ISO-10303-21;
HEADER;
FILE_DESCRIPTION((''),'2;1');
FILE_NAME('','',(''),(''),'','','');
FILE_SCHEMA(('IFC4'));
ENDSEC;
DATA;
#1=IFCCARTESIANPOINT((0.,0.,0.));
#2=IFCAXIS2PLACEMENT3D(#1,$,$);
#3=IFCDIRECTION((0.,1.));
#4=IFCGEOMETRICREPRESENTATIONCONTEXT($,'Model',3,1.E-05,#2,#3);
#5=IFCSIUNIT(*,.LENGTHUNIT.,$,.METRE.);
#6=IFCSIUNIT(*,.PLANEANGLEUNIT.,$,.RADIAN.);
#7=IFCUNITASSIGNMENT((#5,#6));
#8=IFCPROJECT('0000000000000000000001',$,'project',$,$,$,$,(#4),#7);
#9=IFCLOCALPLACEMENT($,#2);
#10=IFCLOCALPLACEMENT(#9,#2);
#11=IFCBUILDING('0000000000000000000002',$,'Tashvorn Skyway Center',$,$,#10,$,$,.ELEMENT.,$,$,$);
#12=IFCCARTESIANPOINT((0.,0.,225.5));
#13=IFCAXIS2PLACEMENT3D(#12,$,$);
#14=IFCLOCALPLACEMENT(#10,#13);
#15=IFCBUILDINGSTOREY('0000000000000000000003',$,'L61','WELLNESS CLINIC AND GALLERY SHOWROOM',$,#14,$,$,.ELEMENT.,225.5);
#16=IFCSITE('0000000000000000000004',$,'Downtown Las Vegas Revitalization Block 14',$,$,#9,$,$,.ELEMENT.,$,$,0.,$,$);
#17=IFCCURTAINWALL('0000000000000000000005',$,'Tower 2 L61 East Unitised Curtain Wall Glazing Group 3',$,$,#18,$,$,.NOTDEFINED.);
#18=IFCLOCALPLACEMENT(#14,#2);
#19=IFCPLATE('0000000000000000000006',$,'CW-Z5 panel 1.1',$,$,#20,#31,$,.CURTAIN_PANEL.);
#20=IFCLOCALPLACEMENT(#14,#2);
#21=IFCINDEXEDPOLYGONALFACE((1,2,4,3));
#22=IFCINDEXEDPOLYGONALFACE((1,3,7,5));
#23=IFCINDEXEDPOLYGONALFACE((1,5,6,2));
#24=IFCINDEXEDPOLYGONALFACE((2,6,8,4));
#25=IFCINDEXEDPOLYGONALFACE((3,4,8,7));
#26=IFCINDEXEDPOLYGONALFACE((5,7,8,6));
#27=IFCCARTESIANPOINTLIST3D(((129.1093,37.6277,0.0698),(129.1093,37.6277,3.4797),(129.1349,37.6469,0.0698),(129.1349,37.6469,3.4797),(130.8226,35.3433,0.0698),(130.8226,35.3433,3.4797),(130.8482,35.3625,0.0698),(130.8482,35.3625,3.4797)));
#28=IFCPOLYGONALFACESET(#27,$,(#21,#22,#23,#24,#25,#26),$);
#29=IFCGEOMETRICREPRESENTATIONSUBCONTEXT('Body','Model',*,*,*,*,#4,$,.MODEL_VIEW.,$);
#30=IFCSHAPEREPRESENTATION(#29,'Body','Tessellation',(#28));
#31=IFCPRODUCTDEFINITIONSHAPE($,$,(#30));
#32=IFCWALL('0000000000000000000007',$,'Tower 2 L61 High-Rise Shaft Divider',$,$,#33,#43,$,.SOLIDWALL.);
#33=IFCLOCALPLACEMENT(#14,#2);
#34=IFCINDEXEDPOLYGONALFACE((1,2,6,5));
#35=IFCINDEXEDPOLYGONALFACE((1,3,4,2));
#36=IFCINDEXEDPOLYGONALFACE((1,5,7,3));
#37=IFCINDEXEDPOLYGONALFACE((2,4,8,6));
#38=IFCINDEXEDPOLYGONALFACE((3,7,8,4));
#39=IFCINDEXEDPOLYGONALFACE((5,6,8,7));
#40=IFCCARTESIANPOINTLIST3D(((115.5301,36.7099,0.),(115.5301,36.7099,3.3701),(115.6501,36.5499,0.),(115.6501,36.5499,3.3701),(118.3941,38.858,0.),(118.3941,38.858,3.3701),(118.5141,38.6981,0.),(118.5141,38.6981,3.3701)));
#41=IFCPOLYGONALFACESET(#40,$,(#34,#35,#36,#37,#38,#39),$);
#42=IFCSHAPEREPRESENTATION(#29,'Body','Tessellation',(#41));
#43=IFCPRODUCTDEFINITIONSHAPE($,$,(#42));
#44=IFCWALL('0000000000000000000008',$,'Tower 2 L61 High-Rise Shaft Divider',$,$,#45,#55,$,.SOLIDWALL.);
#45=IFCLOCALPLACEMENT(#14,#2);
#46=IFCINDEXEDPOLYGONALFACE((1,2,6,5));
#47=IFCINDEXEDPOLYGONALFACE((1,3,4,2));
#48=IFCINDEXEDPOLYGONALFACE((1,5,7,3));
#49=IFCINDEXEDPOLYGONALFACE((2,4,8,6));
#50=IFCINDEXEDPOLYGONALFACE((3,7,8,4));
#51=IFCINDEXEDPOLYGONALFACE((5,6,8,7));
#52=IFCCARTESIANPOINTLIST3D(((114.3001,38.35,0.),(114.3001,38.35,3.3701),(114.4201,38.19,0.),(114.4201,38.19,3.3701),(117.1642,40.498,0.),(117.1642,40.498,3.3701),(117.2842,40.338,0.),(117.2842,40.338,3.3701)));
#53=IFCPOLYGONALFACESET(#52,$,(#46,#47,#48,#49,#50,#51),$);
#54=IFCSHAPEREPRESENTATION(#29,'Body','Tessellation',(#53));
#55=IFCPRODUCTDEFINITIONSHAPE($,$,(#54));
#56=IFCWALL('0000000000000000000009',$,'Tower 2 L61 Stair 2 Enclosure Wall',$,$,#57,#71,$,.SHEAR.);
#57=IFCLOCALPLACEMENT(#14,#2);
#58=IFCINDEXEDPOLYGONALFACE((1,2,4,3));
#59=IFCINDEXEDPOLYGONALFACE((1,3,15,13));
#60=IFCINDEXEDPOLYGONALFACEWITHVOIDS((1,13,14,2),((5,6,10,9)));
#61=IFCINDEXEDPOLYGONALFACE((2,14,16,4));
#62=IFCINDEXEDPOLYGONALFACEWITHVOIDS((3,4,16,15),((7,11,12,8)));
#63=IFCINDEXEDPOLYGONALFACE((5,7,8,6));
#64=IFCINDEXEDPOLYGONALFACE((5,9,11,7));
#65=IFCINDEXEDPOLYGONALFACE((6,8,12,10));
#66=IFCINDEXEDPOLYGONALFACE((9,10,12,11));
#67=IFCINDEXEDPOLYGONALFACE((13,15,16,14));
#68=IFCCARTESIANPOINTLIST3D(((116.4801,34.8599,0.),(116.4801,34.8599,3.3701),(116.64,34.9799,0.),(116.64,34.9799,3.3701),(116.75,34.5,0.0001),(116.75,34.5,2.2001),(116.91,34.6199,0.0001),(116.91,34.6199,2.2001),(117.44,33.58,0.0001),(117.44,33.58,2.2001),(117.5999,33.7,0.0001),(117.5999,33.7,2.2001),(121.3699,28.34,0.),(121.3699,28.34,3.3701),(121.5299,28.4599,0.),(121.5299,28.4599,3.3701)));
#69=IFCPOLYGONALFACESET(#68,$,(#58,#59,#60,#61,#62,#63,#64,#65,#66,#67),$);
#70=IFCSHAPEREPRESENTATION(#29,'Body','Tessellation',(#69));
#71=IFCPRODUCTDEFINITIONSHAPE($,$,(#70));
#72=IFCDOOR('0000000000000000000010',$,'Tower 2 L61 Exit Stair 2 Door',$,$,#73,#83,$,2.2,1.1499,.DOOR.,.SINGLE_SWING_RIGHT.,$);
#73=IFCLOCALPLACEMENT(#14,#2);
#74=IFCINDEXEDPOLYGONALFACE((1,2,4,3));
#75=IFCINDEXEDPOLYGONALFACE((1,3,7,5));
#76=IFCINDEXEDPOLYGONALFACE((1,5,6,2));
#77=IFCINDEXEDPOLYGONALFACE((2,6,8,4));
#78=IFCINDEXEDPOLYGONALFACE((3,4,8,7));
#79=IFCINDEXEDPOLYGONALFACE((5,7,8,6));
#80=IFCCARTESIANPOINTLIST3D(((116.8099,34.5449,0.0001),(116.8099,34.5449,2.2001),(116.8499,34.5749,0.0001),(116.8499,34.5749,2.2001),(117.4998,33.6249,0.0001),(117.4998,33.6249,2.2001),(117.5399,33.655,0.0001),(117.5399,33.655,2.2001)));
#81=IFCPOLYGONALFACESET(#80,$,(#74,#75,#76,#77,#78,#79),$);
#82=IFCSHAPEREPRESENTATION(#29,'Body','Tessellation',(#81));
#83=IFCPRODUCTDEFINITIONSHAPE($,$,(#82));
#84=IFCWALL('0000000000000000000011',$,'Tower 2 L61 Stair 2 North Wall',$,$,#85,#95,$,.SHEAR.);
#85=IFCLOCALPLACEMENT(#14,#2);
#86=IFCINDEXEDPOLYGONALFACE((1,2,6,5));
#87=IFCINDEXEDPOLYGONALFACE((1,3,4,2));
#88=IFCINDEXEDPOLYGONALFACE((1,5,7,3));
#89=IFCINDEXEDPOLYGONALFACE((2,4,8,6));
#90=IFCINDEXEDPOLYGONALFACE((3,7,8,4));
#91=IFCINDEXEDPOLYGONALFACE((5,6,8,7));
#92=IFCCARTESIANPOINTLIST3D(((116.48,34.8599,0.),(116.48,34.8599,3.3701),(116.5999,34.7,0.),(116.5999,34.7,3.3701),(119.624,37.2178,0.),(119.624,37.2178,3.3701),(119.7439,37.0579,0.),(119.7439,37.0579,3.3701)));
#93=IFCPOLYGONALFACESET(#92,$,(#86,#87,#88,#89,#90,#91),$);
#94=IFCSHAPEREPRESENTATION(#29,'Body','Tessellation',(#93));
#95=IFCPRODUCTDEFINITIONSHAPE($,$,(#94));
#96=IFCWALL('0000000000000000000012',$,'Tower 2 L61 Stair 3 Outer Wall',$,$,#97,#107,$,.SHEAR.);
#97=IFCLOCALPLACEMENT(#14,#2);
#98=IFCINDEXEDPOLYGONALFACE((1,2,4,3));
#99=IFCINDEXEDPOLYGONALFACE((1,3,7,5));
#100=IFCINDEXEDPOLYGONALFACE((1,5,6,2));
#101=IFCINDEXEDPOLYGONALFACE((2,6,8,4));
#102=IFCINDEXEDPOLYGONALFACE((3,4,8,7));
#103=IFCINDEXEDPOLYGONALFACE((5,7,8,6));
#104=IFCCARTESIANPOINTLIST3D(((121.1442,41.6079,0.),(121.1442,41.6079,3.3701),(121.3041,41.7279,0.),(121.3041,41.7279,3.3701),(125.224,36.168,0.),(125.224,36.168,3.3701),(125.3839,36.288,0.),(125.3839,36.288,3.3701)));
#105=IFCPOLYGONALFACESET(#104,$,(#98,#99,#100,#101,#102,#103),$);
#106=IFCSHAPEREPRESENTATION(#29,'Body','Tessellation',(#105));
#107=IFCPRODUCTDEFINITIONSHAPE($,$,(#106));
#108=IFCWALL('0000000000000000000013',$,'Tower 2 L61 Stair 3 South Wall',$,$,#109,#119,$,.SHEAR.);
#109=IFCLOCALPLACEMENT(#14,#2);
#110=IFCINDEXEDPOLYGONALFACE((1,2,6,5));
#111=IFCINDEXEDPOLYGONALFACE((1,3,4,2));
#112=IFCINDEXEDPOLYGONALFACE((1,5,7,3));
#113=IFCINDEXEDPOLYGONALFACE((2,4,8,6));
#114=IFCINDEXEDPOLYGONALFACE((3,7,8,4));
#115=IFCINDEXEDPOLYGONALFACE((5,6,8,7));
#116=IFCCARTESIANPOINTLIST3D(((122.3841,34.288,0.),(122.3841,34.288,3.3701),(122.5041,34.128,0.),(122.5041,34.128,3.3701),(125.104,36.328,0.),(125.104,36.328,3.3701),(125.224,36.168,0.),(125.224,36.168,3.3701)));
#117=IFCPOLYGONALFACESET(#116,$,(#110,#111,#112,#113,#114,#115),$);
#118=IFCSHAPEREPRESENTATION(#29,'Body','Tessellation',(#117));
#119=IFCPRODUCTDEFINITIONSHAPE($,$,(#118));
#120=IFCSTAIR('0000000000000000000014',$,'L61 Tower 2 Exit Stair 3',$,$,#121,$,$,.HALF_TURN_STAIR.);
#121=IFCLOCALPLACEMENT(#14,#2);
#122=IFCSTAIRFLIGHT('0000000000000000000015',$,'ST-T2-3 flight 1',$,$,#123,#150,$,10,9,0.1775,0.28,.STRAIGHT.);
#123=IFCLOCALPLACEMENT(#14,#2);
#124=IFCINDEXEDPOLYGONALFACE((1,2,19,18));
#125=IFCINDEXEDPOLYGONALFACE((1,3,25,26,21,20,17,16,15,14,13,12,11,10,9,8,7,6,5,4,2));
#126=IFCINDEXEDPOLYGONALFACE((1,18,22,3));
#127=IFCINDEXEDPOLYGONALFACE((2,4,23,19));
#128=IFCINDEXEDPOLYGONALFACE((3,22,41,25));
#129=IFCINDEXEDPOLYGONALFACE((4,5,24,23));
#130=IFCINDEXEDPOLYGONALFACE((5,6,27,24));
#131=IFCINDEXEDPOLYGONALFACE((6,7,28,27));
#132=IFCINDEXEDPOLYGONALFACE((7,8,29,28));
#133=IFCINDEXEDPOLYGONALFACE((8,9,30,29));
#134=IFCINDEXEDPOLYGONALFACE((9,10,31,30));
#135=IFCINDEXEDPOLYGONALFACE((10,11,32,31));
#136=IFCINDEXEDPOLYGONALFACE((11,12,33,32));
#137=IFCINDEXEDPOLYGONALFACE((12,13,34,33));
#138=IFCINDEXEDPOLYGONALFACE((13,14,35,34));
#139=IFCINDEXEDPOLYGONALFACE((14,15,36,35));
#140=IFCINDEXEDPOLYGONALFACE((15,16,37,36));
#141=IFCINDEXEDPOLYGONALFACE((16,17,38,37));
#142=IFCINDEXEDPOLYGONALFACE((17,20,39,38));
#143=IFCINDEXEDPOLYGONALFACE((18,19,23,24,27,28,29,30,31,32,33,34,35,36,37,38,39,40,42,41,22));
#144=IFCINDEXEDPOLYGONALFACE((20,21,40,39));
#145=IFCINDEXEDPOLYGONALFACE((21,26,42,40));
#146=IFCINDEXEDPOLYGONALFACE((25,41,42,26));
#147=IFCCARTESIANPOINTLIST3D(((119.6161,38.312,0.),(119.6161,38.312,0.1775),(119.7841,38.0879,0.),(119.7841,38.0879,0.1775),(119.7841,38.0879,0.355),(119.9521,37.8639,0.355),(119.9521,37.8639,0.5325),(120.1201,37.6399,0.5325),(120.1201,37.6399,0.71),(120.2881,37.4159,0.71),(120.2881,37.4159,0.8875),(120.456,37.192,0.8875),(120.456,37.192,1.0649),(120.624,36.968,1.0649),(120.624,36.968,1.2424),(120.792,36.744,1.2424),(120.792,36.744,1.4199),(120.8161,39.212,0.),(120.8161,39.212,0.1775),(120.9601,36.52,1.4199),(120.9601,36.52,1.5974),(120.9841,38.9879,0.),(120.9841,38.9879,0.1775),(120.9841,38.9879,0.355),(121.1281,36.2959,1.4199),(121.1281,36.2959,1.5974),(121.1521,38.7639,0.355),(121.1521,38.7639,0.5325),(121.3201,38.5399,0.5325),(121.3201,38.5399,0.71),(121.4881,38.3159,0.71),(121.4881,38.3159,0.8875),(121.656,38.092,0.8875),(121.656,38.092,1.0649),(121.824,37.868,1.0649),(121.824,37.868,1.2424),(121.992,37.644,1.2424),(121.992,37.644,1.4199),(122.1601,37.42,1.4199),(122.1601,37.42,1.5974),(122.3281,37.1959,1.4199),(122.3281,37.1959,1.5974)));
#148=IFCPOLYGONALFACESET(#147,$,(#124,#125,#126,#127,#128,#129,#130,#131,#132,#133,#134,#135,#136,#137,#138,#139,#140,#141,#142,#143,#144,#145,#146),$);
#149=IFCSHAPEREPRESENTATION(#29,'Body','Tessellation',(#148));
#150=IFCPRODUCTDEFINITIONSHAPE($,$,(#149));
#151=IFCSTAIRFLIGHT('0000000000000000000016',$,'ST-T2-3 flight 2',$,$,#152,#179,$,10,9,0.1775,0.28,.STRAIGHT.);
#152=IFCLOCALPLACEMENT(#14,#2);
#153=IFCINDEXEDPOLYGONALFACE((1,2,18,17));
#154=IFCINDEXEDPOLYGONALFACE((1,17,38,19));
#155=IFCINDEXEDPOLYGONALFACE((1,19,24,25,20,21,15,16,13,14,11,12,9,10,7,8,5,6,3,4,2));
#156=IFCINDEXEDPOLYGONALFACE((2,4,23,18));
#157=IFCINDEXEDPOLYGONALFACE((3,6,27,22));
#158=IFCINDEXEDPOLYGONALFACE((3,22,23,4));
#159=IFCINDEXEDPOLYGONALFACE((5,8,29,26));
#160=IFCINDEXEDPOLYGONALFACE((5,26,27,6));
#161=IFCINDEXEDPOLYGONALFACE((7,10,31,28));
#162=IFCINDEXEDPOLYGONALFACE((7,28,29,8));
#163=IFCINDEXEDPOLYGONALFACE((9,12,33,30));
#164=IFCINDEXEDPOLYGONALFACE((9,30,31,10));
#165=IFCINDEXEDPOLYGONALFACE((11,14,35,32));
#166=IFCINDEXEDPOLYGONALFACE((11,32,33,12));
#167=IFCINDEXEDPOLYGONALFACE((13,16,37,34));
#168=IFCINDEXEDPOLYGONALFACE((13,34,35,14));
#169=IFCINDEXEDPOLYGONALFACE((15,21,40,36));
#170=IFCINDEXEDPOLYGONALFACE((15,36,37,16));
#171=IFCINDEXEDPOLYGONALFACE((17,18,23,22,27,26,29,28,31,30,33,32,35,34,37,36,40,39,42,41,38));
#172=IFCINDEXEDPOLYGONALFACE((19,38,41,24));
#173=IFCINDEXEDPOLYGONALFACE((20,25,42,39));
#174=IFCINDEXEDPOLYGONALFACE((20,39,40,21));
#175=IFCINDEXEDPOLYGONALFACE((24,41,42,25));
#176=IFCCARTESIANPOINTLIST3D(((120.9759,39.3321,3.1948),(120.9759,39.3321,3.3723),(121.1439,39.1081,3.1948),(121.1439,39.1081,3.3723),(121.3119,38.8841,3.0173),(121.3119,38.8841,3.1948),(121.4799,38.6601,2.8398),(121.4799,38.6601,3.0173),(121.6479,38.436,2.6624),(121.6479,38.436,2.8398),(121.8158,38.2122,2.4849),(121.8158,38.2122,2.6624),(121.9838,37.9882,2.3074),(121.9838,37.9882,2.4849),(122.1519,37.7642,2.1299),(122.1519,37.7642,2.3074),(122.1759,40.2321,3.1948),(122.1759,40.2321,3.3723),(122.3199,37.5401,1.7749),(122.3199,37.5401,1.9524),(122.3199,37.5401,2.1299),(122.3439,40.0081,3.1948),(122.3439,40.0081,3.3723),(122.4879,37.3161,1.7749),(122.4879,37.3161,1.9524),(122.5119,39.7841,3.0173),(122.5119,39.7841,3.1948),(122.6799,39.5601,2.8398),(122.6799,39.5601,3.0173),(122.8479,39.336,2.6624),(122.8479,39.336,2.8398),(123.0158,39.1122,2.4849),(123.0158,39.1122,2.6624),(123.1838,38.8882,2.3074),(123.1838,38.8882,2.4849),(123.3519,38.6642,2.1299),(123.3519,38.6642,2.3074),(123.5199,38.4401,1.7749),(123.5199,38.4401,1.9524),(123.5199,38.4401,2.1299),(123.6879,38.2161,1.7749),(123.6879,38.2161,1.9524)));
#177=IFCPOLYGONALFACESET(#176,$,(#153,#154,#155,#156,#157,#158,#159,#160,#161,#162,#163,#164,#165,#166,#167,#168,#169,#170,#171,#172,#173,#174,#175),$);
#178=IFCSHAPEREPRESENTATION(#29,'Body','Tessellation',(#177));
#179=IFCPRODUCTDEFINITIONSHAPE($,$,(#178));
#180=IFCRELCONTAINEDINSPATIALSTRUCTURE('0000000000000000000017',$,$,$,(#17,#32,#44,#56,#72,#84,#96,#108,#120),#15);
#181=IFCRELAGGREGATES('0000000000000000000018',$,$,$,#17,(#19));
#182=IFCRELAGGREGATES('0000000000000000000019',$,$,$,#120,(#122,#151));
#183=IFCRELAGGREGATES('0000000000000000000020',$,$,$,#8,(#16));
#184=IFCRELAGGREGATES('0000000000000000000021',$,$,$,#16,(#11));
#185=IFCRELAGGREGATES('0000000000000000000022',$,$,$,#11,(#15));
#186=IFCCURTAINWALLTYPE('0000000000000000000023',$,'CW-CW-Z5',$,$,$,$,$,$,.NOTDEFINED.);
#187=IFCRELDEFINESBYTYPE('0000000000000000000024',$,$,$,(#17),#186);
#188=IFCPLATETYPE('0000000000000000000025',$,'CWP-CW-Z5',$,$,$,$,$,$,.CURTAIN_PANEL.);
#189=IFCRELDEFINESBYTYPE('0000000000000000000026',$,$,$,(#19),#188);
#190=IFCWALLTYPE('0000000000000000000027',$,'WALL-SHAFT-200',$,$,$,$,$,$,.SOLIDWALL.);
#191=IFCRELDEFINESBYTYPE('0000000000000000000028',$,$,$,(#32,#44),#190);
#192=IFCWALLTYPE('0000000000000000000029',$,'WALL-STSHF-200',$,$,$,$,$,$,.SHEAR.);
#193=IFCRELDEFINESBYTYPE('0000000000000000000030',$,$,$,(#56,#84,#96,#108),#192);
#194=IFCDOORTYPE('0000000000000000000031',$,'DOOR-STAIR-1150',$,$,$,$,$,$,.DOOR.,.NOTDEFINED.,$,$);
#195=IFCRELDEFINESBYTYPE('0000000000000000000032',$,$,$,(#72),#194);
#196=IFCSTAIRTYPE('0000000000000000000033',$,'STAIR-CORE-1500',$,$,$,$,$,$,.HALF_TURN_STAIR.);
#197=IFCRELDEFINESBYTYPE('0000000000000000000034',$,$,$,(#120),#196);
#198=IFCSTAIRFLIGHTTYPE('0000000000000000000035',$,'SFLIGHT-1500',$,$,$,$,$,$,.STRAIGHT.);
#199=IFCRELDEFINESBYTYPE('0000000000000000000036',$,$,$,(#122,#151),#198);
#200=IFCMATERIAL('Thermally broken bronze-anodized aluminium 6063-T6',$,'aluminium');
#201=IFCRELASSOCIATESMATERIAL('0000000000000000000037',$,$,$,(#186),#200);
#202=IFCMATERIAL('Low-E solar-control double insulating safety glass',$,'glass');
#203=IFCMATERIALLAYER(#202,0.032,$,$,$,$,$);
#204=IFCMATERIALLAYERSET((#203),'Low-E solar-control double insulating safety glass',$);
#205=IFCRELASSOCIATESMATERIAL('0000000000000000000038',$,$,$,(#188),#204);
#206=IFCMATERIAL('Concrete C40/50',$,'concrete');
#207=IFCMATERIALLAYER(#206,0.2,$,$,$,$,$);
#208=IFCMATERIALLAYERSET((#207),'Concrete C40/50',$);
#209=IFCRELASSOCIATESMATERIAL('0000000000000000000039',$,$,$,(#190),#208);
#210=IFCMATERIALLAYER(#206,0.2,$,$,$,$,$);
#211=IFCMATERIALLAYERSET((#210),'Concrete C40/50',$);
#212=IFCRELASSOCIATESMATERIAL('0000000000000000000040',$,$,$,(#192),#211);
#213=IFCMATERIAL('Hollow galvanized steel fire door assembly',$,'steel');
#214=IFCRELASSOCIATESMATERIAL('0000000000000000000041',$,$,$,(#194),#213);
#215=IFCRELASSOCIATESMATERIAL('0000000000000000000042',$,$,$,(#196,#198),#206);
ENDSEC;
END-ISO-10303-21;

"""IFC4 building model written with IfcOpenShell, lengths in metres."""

from ifc_helpers import new_model, si_unit, direction, frame, frame_2d, origin, origin_2d, place, context, subcontext, project, spatial, polyline, rectangle, outline, extrude, material, layer, layer_set, type_object, element, fill, aggregate, save


model = new_model("IFC4")

# Units and contexts
model_context = context("Model", 3, precision=1e-05, world=origin(), true_north=direction((0.0, 1.0)))
body_context = subcontext(model_context, "Body", "Model", "MODEL_VIEW")
ifc_project = project(units=[si_unit("LENGTHUNIT", "METRE"), si_unit("PLANEANGLEUNIT", "RADIAN")], contexts=[model_context])

# Site, building, storey
site_placement = place(None, origin())
site = spatial("IfcSite", under=ifc_project, at=site_placement, Name="Downtown Las Vegas Revitalization Block 14", CompositionType="ELEMENT", RefElevation=0.0)
building_placement = place(site_placement, origin())
building = spatial("IfcBuilding", under=site, at=building_placement, Name="Tashvorn Skyway Center", CompositionType="ELEMENT")
storey_placement = place(building_placement, frame((0.0, 0.0, 225.5)))
storey = spatial("IfcBuildingStorey", under=building, at=storey_placement, Name="L61", Description="WELLNESS CLINIC AND GALLERY SHOWROOM", CompositionType="ELEMENT", Elevation=225.5)

# Shared definitions
ifc_material_1 = material(Name="Thermally broken bronze-anodized aluminium 6063-T6", Category="aluminium")
curtain_wall_type = type_object("IfcCurtainWallType", Name="CW-CW-Z5", PredefinedType="NOTDEFINED", material=ifc_material_1)

# Curtain wall, plate
curtain_wall_1_placement = place(storey_placement, origin())
curtain_wall_1 = element("IfcCurtainWall", 1, at=curtain_wall_1_placement, inside=storey, type_object=curtain_wall_type, Name="Tower 2 L61 East Unitised Curtain Wall Glazing Group 3", PredefinedType="NOTDEFINED")
ifc_material_2 = material(Name="Low-E solar-control double insulating safety glass", Category="glass")
ifc_layer_1 = layer(ifc_material_2, 0.032)
ifc_layer_set_1 = layer_set([ifc_layer_1], Name="Low-E solar-control double insulating safety glass")
plate_type = type_object("IfcPlateType", Name="CWP-CW-Z5", PredefinedType="CURTAIN_PANEL", material=ifc_layer_set_1)
plate_placement = place(storey_placement, frame((129.9788, 36.4951, 0.0698), z_axis=(0.0, 0.0, 1.0), x_axis=(0.6, -0.8, 0.0)))
plate = element("IfcPlate", 2, at=plate_placement, type_object=plate_type, Name="CW-Z5 panel 1.1", PredefinedType="CURTAIN_PANEL", context=body_context, shape_type="SweptSolid", body=[
    extrude(rectangle(XDim=2.8555, YDim=0.032, at=origin_2d()), origin(), (0.0, 0.0, 1.0), 3.4099),
])
aggregate(curtain_wall_1, [plate])

# Walls
ifc_material_3 = material(Name="Concrete C40/50", Category="concrete")
ifc_layer_2 = layer(ifc_material_3, 0.2)
ifc_layer_set_2 = layer_set([ifc_layer_2], Name="Concrete C40/50")
wall_type_1 = type_object("IfcWallType", Name="WALL-SHAFT-200", PredefinedType="SOLIDWALL", material=ifc_layer_set_2)
for number, where, z_axis, x_axis, name in (
    (3, (115.5901, 36.6299, 0.0), (0.0, 0.0, 1.0), (0.799975, 0.600033, 0.0), "Tower 2 L61 High-Rise Shaft Divider"),
    (4, (114.3601, 38.27, 0.0), (0.0, 0.0, 1.0), (0.800008, 0.599989, 0.0), "Tower 2 L61 High-Rise Shaft Divider"),
):
    element("IfcWall", number, at=place(storey_placement, frame(where, z_axis=z_axis, x_axis=x_axis)), inside=storey, type_object=wall_type_1, Name=name, PredefinedType="SOLIDWALL", context=body_context, shape_type="SweptSolid", body=[
        extrude(rectangle(XDim=3.5801, YDim=0.2, at=frame_2d((1.79, 0.0))), origin(), (0.0, 0.0, 1.0), 3.3701),
    ])

# Wall, opening, door
ifc_layer_3 = layer(ifc_material_3, 0.2)
ifc_layer_set_3 = layer_set([ifc_layer_3], Name="Concrete C40/50")
wall_type_2 = type_object("IfcWallType", Name="WALL-STSHF-200", PredefinedType="SHEAR", material=ifc_layer_set_3)
wall_1_placement = place(storey_placement, frame((116.5601, 34.9199, 0.0), z_axis=(0.0, 0.0, 1.0), x_axis=(0.59999, -0.800007, 0.0)))
wall_1 = element("IfcWall", 5, at=wall_1_placement, inside=storey, type_object=wall_type_2, Name="Tower 2 L61 Stair 2 Enclosure Wall", PredefinedType="SHEAR", context=body_context, shape_type="SweptSolid", body=[
    extrude(rectangle(XDim=8.1499, YDim=0.2, at=frame_2d((4.075, 0.0))), origin(), (0.0, 0.0, 1.0), 3.3701),
])
opening_placement = place(wall_1_placement, frame((0.45, 0.0, 0.0)))
opening = element("IfcOpeningElement", 6, at=opening_placement, cuts=wall_1, PredefinedType="OPENING", context=body_context, shape_type="SweptSolid", body=[
    extrude(rectangle(XDim=1.1499, YDim=2.2, at=frame_2d((0.575, 1.1001))), frame((0.0, 0.1099, 0.0), z_axis=(0.0, -1.0, 0.0), x_axis=(1.0, 0.0, 0.0)), (0.0, 0.0, 1.0), 0.22),
])
ifc_material_4 = material(Name="Hollow galvanized steel fire door assembly", Category="steel")
door_type = type_object("IfcDoorType", Name="DOOR-STAIR-1150", OperationType="NOTDEFINED", PredefinedType="DOOR", material=ifc_material_4)
door_placement = place(opening_placement, origin())
door = element("IfcDoor", 7, at=door_placement, inside=storey, type_object=door_type, Name="Tower 2 L61 Exit Stair 2 Door", OperationType="SINGLE_SWING_RIGHT", OverallHeight=2.2, OverallWidth=1.1499, PredefinedType="DOOR", context=body_context, shape_type="SweptSolid", body=[
    extrude(rectangle(XDim=1.1499, YDim=2.2, at=frame_2d((0.575, 1.1001))), frame((0.0, 0.0249, 0.0), z_axis=(0.0, -1.0, 0.0), x_axis=(1.0, 0.0, 0.0)), (0.0, 0.0, 1.0), 0.05),
])
fill(opening, door)

# Walls
wall_2_placement = place(storey_placement, frame((116.54, 34.78, 0.0), z_axis=(0.0, 0.0, 1.0), x_axis=(0.800015, 0.59998, 0.0)))
element("IfcWall", 8, at=wall_2_placement, inside=storey, type_object=wall_type_2, Name="Tower 2 L61 Stair 2 North Wall", PredefinedType="SHEAR", context=body_context, shape_type="SweptSolid", body=[
    extrude(rectangle(XDim=3.9299, YDim=0.2, at=frame_2d((1.9648, 0.0))), origin(), (0.0, 0.0, 1.0), 3.3701),
])
wall_3_placement = place(storey_placement, frame((125.304, 36.228, 0.0), z_axis=(0.0, 0.0, 1.0), x_axis=(-0.599989, 0.800009, 0.0)))
element("IfcWall", 9, at=wall_3_placement, inside=storey, type_object=wall_type_2, Name="Tower 2 L61 Stair 3 Outer Wall", PredefinedType="SHEAR", context=body_context, shape_type="SweptSolid", body=[
    extrude(rectangle(XDim=6.7998, YDim=0.2, at=frame_2d((3.3999, 0.0))), origin(), (0.0, 0.0, 1.0), 3.3701),
])
wall_4_placement = place(storey_placement, frame((122.4441, 34.208, 0.0), z_axis=(0.0, 0.0, 1.0), x_axis=(0.799991, 0.600011, 0.0)))
element("IfcWall", 10, at=wall_4_placement, inside=storey, type_object=wall_type_2, Name="Tower 2 L61 Stair 3 South Wall", PredefinedType="SHEAR", context=body_context, shape_type="SweptSolid", body=[
    extrude(rectangle(XDim=3.3999, YDim=0.2, at=frame_2d((1.7, 0.0))), origin(), (0.0, 0.0, 1.0), 3.3701),
])

# Stair, stair flights
stair_type = type_object("IfcStairType", Name="STAIR-CORE-1500", PredefinedType="HALF_TURN_STAIR", material=ifc_material_3)
stair_placement = place(storey_placement, origin())
stair = element("IfcStair", 11, at=stair_placement, inside=storey, type_object=stair_type, Name="L61 Tower 2 Exit Stair 3", PredefinedType="HALF_TURN_STAIR")
stair_flight_type = type_object("IfcStairFlightType", Name="SFLIGHT-1500", PredefinedType="STRAIGHT", material=ifc_material_3)
stair_flight_1_placement = place(storey_placement, frame((120.2161, 38.762, 0.0), z_axis=(0.0, 0.0, 1.0), x_axis=(0.6, -0.8, 0.0)))
stair_flight_1 = element("IfcStairFlight", 12, at=stair_flight_1_placement, type_object=stair_flight_type, Name="ST-T2-3 flight 1", NumberOfRisers=10, NumberOfTreads=9, PredefinedType="STRAIGHT", RiserHeight=0.1775, TreadLength=0.28, context=body_context, shape_type="SweptSolid", body=[
    extrude(outline(polyline([(0.0, 0.0), (0.0, 0.1775), (0.28, 0.1775), (0.28, 0.355), (0.5601, 0.355), (0.5601, 0.5325), (0.8401, 0.5325), (0.8401, 0.71), (1.1201, 0.71), (1.1201, 0.8875), (1.3999, 0.8875), (1.3999, 1.0649), (1.6799, 1.0649), (1.6799, 1.2424), (1.96, 1.2424), (1.96, 1.4199), (2.24, 1.4199), (2.24, 1.5974), (2.52, 1.5974), (2.52, 1.7749), (2.52, 1.4199), (0.28, 0.0), (0.0, 0.0)])), frame((0.0, 0.75, 0.0), z_axis=(0.0, -1.0, 0.0), x_axis=(1.0, 0.0, 0.0)), (0.0, 0.0, 1.0), 1.5),
])
stair_flight_2_placement = place(storey_placement, frame((123.0879, 37.7661, 1.7749), z_axis=(0.0, 0.0, 1.0), x_axis=(-0.6, 0.8, 0.0)))
stair_flight_2 = element("IfcStairFlight", 13, at=stair_flight_2_placement, type_object=stair_flight_type, Name="ST-T2-3 flight 2", NumberOfRisers=10, NumberOfTreads=9, PredefinedType="STRAIGHT", RiserHeight=0.1775, TreadLength=0.28, context=body_context, shape_type="SweptSolid", body=[
    extrude(outline(polyline([(0.0, 0.0), (0.0, 0.1775), (0.28, 0.1775), (0.28, 0.355), (0.5601, 0.355), (0.5601, 0.5325), (0.8401, 0.5325), (0.8401, 0.71), (1.1201, 0.71), (1.1201, 0.8875), (1.3999, 0.8875), (1.3999, 1.0649), (1.6799, 1.0649), (1.6799, 1.2424), (1.96, 1.2424), (1.96, 1.4199), (2.24, 1.4199), (2.24, 1.5974), (2.52, 1.5974), (2.52, 1.7749), (2.52, 1.4199), (0.28, 0.0), (0.0, 0.0)])), frame((0.0, 0.75, 0.0), z_axis=(0.0, -1.0, 0.0), x_axis=(1.0, 0.0, 0.0)), (0.0, 0.0, 1.0), 1.5),
])
aggregate(stair, [stair_flight_1, stair_flight_2])

save(model, "model.ifc")
